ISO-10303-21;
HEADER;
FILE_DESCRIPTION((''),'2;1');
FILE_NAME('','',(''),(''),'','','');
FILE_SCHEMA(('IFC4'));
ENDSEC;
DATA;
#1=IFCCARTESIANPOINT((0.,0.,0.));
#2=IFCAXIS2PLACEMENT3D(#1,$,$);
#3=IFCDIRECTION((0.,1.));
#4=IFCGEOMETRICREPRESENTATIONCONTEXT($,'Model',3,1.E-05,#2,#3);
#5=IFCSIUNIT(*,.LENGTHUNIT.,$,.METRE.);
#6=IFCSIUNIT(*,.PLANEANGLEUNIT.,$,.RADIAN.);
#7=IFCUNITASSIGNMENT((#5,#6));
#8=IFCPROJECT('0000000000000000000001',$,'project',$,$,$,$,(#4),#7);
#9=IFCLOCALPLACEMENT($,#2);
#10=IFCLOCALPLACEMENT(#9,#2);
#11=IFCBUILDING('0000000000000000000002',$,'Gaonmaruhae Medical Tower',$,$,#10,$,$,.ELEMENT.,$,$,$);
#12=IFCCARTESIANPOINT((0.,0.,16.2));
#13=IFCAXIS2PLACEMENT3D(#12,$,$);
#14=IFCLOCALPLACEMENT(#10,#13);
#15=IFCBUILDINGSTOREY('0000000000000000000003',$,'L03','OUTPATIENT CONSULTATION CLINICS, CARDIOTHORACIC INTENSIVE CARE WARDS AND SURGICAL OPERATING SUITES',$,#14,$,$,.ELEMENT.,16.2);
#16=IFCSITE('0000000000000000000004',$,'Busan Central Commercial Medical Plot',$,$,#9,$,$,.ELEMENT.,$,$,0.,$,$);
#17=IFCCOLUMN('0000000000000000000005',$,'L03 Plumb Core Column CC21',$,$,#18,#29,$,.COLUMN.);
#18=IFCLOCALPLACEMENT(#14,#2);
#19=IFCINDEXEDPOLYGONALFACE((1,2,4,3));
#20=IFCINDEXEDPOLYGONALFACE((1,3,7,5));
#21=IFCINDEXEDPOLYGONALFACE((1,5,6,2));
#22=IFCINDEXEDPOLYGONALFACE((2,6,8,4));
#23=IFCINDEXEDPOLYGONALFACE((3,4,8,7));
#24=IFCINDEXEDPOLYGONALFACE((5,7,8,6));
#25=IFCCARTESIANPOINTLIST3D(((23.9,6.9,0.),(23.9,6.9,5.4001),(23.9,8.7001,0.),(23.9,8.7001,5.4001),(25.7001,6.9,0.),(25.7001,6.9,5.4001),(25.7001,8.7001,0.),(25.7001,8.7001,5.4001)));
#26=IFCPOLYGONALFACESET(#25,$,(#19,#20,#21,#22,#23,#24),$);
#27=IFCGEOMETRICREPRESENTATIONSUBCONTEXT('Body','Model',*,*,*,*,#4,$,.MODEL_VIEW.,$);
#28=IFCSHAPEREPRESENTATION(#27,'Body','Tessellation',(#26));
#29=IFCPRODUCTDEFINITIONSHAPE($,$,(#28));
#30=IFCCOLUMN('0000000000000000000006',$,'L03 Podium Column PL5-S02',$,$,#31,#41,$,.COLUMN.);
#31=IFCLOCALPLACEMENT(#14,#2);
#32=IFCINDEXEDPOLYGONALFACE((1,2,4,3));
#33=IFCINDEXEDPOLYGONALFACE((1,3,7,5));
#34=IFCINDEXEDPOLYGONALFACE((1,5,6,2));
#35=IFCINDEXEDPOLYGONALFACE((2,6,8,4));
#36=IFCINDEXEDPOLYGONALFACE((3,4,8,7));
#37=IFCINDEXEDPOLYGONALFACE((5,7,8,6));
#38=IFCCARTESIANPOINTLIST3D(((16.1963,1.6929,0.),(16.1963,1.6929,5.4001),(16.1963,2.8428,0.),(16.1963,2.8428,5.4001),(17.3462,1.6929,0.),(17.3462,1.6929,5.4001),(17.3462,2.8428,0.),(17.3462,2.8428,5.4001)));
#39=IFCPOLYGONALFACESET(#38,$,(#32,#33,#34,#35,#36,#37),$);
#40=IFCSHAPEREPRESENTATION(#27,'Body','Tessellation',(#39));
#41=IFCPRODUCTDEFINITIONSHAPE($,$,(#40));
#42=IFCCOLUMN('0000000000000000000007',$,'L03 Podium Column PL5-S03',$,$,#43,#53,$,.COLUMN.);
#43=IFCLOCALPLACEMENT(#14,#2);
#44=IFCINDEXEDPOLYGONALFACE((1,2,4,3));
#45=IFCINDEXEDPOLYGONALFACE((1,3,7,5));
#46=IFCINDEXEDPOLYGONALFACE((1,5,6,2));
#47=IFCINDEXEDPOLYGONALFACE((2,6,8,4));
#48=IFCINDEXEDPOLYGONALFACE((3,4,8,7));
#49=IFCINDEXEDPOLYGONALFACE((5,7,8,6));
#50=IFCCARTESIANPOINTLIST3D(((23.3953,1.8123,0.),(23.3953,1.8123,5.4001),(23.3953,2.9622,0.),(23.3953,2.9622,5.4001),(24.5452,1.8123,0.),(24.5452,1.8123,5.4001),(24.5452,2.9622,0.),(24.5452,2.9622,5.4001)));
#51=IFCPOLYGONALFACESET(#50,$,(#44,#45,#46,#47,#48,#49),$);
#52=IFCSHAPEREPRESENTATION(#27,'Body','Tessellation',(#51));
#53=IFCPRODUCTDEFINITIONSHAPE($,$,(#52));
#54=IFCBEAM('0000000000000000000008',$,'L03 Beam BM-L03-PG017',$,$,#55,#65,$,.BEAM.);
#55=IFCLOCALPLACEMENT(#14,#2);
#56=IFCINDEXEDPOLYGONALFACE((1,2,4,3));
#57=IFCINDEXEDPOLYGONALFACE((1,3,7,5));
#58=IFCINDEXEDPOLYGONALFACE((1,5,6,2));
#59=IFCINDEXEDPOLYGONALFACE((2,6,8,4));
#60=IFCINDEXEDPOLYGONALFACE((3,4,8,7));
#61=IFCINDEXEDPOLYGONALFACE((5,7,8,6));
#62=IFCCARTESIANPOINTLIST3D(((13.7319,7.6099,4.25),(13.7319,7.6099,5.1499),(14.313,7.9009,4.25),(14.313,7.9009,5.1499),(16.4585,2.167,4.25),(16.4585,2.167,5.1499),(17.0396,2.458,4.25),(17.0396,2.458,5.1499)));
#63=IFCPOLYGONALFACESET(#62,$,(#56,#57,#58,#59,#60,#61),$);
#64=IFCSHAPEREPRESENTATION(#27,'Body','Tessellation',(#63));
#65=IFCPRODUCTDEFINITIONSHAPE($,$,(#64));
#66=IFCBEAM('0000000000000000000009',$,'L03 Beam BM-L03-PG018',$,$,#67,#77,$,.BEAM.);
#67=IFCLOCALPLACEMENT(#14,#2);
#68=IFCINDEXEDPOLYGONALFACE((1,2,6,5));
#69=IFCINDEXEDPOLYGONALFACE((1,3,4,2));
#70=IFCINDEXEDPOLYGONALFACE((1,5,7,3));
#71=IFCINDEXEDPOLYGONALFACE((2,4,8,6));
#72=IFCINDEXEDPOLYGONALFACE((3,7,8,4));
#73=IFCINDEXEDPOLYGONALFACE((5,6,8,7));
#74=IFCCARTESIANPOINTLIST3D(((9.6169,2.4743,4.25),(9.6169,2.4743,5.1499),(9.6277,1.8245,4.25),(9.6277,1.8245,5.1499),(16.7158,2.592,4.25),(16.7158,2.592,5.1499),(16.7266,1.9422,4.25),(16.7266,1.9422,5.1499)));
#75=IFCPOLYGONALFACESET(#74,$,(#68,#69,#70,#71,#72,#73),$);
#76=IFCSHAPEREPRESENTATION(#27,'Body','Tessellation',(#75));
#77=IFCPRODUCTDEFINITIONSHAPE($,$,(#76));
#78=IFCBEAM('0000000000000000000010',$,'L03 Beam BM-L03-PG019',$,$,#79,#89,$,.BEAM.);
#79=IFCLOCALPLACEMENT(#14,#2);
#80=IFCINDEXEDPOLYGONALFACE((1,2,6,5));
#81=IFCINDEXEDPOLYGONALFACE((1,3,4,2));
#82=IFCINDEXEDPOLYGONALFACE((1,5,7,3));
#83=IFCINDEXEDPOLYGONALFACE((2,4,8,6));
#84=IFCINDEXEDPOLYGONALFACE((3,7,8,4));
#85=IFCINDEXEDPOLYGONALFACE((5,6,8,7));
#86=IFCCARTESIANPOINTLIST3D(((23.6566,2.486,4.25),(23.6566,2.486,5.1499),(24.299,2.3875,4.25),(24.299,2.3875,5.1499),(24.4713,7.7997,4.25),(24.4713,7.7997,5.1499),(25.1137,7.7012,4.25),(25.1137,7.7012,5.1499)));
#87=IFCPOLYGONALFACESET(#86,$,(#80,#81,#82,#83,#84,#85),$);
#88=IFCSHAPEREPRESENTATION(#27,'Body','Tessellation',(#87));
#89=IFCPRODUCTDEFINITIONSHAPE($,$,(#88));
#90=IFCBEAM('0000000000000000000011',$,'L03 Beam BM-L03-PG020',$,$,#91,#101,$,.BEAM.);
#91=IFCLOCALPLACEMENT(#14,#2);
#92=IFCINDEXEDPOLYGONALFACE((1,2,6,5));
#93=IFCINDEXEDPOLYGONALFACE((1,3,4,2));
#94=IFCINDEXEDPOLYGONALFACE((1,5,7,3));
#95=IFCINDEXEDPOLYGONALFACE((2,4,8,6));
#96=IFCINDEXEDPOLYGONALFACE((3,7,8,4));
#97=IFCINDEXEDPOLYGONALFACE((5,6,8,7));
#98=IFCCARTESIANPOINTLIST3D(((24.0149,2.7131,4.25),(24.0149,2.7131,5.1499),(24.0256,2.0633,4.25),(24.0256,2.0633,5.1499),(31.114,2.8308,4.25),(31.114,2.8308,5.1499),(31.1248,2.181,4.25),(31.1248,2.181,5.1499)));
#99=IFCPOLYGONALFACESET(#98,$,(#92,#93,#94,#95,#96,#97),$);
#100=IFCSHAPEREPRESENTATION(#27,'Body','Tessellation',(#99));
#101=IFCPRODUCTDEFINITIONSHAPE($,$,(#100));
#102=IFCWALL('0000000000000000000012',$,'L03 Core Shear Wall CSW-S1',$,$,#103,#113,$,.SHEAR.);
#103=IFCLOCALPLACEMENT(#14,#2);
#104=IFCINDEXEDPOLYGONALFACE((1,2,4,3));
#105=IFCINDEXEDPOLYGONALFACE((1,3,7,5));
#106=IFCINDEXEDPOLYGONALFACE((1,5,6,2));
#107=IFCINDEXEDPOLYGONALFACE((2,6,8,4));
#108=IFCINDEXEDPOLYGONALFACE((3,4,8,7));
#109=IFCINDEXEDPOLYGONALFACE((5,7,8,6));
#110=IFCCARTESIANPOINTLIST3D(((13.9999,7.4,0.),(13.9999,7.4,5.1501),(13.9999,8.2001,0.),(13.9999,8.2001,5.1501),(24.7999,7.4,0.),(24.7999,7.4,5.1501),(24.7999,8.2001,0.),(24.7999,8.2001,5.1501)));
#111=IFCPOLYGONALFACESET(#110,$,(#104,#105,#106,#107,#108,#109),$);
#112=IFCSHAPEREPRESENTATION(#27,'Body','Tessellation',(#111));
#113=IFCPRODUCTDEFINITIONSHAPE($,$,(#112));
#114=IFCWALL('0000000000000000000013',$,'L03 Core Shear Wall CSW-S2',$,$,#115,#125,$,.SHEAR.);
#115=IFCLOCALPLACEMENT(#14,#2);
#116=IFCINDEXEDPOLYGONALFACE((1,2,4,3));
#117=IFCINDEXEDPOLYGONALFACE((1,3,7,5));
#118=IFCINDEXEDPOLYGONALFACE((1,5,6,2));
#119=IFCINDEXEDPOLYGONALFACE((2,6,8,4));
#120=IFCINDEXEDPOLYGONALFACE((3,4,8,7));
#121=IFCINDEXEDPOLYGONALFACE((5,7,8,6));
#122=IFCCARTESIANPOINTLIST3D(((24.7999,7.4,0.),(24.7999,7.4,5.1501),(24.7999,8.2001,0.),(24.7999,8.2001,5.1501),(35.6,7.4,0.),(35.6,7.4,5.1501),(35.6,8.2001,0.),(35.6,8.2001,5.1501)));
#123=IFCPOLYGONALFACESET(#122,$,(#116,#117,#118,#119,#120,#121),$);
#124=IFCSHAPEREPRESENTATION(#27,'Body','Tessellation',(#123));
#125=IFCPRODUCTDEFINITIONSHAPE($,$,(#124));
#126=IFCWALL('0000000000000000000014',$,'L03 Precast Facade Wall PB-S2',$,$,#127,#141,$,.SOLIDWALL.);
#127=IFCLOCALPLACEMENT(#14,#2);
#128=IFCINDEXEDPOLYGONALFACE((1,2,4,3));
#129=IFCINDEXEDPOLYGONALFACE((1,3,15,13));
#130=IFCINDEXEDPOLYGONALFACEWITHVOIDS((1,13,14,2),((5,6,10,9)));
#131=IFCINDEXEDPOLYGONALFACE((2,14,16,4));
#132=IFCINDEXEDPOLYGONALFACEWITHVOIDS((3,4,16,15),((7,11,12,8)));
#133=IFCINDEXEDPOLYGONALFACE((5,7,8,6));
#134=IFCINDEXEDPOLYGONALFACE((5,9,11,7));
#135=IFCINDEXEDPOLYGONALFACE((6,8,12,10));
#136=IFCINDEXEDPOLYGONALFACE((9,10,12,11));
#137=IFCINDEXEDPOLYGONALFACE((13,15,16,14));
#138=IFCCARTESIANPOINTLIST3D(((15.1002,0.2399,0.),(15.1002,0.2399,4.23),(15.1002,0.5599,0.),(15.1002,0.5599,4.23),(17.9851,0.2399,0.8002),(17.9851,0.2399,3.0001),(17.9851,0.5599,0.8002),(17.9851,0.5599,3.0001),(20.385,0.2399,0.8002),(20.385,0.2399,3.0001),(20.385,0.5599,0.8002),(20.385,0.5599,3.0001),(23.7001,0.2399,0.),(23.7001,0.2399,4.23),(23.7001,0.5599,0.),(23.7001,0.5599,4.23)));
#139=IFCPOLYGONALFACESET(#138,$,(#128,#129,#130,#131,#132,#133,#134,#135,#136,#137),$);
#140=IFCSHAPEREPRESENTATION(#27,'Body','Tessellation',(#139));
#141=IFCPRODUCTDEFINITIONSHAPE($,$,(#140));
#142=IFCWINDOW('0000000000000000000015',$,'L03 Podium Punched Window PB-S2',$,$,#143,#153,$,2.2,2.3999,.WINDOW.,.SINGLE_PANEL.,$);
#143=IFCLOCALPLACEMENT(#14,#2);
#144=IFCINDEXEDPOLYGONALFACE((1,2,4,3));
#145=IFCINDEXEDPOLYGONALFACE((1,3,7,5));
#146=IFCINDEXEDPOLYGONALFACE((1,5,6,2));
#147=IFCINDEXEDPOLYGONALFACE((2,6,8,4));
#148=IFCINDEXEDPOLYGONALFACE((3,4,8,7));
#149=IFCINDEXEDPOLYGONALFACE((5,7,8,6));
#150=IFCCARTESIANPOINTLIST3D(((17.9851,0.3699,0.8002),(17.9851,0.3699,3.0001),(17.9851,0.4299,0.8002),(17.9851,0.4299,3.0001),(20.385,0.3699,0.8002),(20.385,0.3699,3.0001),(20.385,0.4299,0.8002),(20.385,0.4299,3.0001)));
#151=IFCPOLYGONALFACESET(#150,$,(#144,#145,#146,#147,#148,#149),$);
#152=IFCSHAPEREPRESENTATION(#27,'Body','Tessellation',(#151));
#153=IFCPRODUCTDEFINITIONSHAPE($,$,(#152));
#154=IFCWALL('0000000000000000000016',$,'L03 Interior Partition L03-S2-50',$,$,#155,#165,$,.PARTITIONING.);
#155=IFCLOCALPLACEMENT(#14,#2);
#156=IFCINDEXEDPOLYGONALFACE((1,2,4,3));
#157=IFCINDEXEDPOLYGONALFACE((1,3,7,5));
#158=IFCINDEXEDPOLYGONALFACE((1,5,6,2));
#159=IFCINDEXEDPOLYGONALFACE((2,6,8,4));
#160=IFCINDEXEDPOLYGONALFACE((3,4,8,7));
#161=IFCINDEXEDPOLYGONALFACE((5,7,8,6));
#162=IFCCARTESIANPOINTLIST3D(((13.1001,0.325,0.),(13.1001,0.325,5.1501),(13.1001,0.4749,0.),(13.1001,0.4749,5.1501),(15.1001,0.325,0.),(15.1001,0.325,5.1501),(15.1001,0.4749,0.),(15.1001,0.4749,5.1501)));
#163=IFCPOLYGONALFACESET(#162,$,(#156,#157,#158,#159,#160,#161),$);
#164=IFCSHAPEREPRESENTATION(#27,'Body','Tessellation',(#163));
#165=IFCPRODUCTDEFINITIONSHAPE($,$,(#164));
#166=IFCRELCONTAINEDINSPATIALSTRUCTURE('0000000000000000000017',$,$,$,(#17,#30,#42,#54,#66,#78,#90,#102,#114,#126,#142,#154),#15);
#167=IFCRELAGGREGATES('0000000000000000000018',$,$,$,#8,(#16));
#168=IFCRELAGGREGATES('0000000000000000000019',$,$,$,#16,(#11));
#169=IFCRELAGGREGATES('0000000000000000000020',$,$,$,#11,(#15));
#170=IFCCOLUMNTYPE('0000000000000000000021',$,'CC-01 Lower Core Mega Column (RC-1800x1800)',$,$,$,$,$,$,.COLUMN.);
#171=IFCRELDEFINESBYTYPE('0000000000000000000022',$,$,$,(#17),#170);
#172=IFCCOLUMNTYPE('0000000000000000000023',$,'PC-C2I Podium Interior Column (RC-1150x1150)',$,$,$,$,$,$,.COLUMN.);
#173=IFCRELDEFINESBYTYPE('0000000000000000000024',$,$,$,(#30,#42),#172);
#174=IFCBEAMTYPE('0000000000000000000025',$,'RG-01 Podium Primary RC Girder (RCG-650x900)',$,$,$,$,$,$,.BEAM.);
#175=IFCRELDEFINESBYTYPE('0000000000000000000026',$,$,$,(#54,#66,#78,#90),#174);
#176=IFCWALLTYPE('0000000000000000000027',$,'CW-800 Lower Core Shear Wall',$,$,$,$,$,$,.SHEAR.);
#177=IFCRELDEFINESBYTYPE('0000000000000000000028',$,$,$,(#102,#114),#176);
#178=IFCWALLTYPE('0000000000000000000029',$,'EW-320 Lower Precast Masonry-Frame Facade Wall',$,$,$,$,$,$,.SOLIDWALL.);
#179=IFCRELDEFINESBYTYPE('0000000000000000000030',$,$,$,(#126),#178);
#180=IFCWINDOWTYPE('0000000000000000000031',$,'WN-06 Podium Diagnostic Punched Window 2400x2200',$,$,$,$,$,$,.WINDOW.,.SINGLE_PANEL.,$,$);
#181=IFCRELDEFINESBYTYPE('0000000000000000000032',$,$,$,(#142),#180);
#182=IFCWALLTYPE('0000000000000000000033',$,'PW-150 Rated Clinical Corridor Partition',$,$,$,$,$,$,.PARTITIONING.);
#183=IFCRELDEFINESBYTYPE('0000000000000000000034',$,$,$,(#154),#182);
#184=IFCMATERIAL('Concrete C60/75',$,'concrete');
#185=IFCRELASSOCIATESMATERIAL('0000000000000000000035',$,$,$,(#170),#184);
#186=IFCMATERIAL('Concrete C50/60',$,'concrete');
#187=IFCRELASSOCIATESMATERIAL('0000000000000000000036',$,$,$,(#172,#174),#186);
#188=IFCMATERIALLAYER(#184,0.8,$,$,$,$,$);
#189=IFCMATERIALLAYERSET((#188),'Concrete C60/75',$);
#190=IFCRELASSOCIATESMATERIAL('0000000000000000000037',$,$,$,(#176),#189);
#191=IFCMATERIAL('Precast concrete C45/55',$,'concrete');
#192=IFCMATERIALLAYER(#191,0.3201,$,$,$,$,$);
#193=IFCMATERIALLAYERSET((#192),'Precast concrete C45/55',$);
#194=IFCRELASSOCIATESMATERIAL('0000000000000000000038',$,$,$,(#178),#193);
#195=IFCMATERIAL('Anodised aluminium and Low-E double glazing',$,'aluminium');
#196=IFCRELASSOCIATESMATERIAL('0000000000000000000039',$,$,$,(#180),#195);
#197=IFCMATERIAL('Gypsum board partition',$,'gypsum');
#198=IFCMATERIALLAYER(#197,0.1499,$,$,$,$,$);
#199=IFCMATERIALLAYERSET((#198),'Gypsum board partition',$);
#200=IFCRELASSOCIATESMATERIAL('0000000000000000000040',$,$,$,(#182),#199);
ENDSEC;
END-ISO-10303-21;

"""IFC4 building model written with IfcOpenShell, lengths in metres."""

from ifc_helpers import new_model, si_unit, direction, frame, frame_2d, origin, origin_2d, place, context, subcontext, project, spatial, rectangle, extrude, material, layer, layer_set, material_profile, profile_set, type_object, element, fill, save


model = new_model("IFC4")

# Units and contexts
model_context = context("Model", 3, precision=1e-05, world=origin(), true_north=direction((0.0, 1.0)))
body_context = subcontext(model_context, "Body", "Model", "MODEL_VIEW")
ifc_project = project(units=[si_unit("LENGTHUNIT", "METRE"), si_unit("PLANEANGLEUNIT", "RADIAN")], contexts=[model_context])

# Site, building, storey
site_placement = place(None, origin())
site = spatial("IfcSite", under=ifc_project, at=site_placement, Name="Busan Central Commercial Medical Plot", CompositionType="ELEMENT", RefElevation=0.0)
building_placement = place(site_placement, origin())
building = spatial("IfcBuilding", under=site, at=building_placement, Name="Gaonmaruhae Medical Tower", CompositionType="ELEMENT")
storey_placement = place(building_placement, frame((0.0, 0.0, 16.2)))
storey = spatial("IfcBuildingStorey", under=building, at=storey_placement, Name="L03", Description="OUTPATIENT CONSULTATION CLINICS, CARDIOTHORACIC INTENSIVE CARE WARDS AND SURGICAL OPERATING SUITES", CompositionType="ELEMENT", Elevation=16.2)

# Columns
ifc_material_1 = material(Name="Concrete C60/75", Category="concrete")
ifc_material_profile_1 = material_profile(ifc_material_1, rectangle(XDim=1.8, YDim=1.8, at=origin_2d()), Name="RC-1800x1800")
ifc_profile_set_1 = profile_set([ifc_material_profile_1], Name="Concrete C60/75")
column_type_1 = type_object("IfcColumnType", Name="CC-01 Lower Core Mega Column (RC-1800x1800)", PredefinedType="COLUMN", material=ifc_profile_set_1)
column_placement = place(storey_placement, frame((24.8, 7.8, 0.0), z_axis=(0.0, 0.0, 1.0), x_axis=(1.0, 0.0, 0.0)))
element("IfcColumn", 1, at=column_placement, inside=storey, type_object=column_type_1, Name="L03 Plumb Core Column CC21", PredefinedType="COLUMN", context=body_context, shape_type="SweptSolid", body=[
    extrude(rectangle(XDim=1.8, YDim=1.8, at=origin_2d()), origin(), (0.0, 0.0, 1.0), 5.4001),
])
ifc_material_2 = material(Name="Concrete C50/60", Category="concrete")
ifc_material_profile_2 = material_profile(ifc_material_2, rectangle(XDim=1.1499, YDim=1.1499, at=origin_2d()), Name="RC-1150x1150")
ifc_profile_set_2 = profile_set([ifc_material_profile_2], Name="Concrete C50/60")
column_type_2 = type_object("IfcColumnType", Name="PC-C2I Podium Interior Column (RC-1150x1150)", PredefinedType="COLUMN", material=ifc_profile_set_2)
for number, where, z_axis, x_axis, name in (
    (2, (16.7712, 2.2678, 0.0), (0.0, 0.0, 1.0), (1.0, 0.0, 0.0), "L03 Podium Column PL5-S02"),
    (3, (23.9702, 2.3872, 0.0), (0.0, 0.0, 1.0), (1.0, 0.0, 0.0), "L03 Podium Column PL5-S03"),
):
    element("IfcColumn", number, at=place(storey_placement, frame(where, z_axis=z_axis, x_axis=x_axis)), inside=storey, type_object=column_type_2, Name=name, PredefinedType="COLUMN", context=body_context, shape_type="SweptSolid", body=[
        extrude(rectangle(XDim=1.1499, YDim=1.1499, at=origin_2d()), origin(), (0.0, 0.0, 1.0), 5.4001),
    ])

# Beams
ifc_material_profile_3 = material_profile(ifc_material_2, rectangle(XDim=0.6499, YDim=0.8999, at=origin_2d()), Name="RCG-650x900")
ifc_profile_set_3 = profile_set([ifc_material_profile_3], Name="Concrete C50/60")
beam_type = type_object("IfcBeamType", Name="RG-01 Podium Primary RC Girder (RCG-650x900)", PredefinedType="BEAM", material=ifc_profile_set_3)
beam_1_placement = place(storey_placement, frame((16.749, 2.3125, 4.7), z_axis=(-0.447887, 0.89409, 0.0), x_axis=(-0.89409, -0.447887, 0.0)))
element("IfcBeam", 4, at=beam_1_placement, inside=storey, type_object=beam_type, Name="L03 Beam BM-L03-PG017", PredefinedType="BEAM", context=body_context, shape_type="SweptSolid", body=[
    extrude(rectangle(XDim=0.6499, YDim=0.8999, at=origin_2d()), origin(), (0.0, 0.0, 1.0), 6.0876),
])
beam_2_placement = place(storey_placement, frame((16.7212, 2.2671, 4.7), z_axis=(-0.999863, -0.016574, 0.0), x_axis=(0.016574, -0.999863, 0.0)))
element("IfcBeam", 5, at=beam_2_placement, inside=storey, type_object=beam_type, Name="L03 Beam BM-L03-PG018", PredefinedType="BEAM", context=body_context, shape_type="SweptSolid", body=[
    extrude(rectangle(XDim=0.6499, YDim=0.8999, at=origin_2d()), origin(), (0.0, 0.0, 1.0), 7.0999),
])
beam_3_placement = place(storey_placement, frame((23.9778, 2.4368, 4.7), z_axis=(0.151549, 0.98845, 0.0), x_axis=(-0.98845, 0.151549, 0.0)))
element("IfcBeam", 6, at=beam_3_placement, inside=storey, type_object=beam_type, Name="L03 Beam BM-L03-PG019", PredefinedType="BEAM", context=body_context, shape_type="SweptSolid", body=[
    extrude(rectangle(XDim=0.6499, YDim=0.8999, at=origin_2d()), origin(), (0.0, 0.0, 1.0), 5.3757),
])
beam_4_placement = place(storey_placement, frame((24.0203, 2.3882, 4.7), z_axis=(0.999863, 0.016574, 0.0), x_axis=(-0.016574, 0.999863, 0.0)))
element("IfcBeam", 7, at=beam_4_placement, inside=storey, type_object=beam_type, Name="L03 Beam BM-L03-PG020", PredefinedType="BEAM", context=body_context, shape_type="SweptSolid", body=[
    extrude(rectangle(XDim=0.6499, YDim=0.8999, at=origin_2d()), origin(), (0.0, 0.0, 1.0), 7.1001),
])

# Walls
ifc_layer_1 = layer(ifc_material_1, 0.8)
ifc_layer_set_1 = layer_set([ifc_layer_1], Name="Concrete C60/75")
wall_type_1 = type_object("IfcWallType", Name="CW-800 Lower Core Shear Wall", PredefinedType="SHEAR", material=ifc_layer_set_1)
for number, where, z_axis, x_axis, name in (
    (8, (14.0, 7.8, 0.0), (0.0, 0.0, 1.0), (1.0, 0.0, 0.0), "L03 Core Shear Wall CSW-S1"),
    (9, (24.8, 7.8, 0.0), (0.0, 0.0, 1.0), (1.0, 0.0, 0.0), "L03 Core Shear Wall CSW-S2"),
):
    element("IfcWall", number, at=place(storey_placement, frame(where, z_axis=z_axis, x_axis=x_axis)), inside=storey, type_object=wall_type_1, Name=name, PredefinedType="SHEAR", context=body_context, shape_type="SweptSolid", body=[
        extrude(rectangle(XDim=10.8, YDim=0.8, at=frame_2d((5.3999, 0.0))), origin(), (0.0, 0.0, 1.0), 5.1501),
    ])

# Wall, opening, window
ifc_material_3 = material(Name="Precast concrete C45/55", Category="concrete")
ifc_layer_2 = layer(ifc_material_3, 0.3201)
ifc_layer_set_2 = layer_set([ifc_layer_2], Name="Precast concrete C45/55")
wall_type_2 = type_object("IfcWallType", Name="EW-320 Lower Precast Masonry-Frame Facade Wall", PredefinedType="SOLIDWALL", material=ifc_layer_set_2)
wall_1_placement = place(storey_placement, frame((23.7, 0.3999, 0.0), z_axis=(0.0, 0.0, 1.0), x_axis=(-1.0, 0.0, 0.0)))
wall_1 = element("IfcWall", 10, at=wall_1_placement, inside=storey, type_object=wall_type_2, Name="L03 Precast Facade Wall PB-S2", PredefinedType="SOLIDWALL", context=body_context, shape_type="SweptSolid", body=[
    extrude(rectangle(XDim=8.5999, YDim=0.3201, at=frame_2d((4.2998, 0.0))), origin(), (0.0, 0.0, 1.0), 4.23),
])
opening_1_placement = place(wall_1_placement, frame((3.3149, 0.0, 0.8)))
opening_1 = element("IfcOpeningElement", 11, at=opening_1_placement, cuts=wall_1, PredefinedType="OPENING", context=body_context, shape_type="SweptSolid", body=[
    extrude(rectangle(XDim=2.3999, YDim=2.2, at=frame_2d((1.2, 1.1001))), frame((0.0, 0.1699, 0.0), z_axis=(0.0, -1.0, 0.0), x_axis=(1.0, 0.0, 0.0)), (0.0, 0.0, 1.0), 0.3401),
])
ifc_material_4 = material(Name="Anodised aluminium and Low-E double glazing", Category="aluminium")
window_type = type_object("IfcWindowType", Name="WN-06 Podium Diagnostic Punched Window 2400x2200", PartitioningType="SINGLE_PANEL", PredefinedType="WINDOW", material=ifc_material_4)
window_placement = place(opening_1_placement, origin())
window = element("IfcWindow", 12, at=window_placement, inside=storey, type_object=window_type, Name="L03 Podium Punched Window PB-S2", OverallHeight=2.2, OverallWidth=2.3999, PartitioningType="SINGLE_PANEL", PredefinedType="WINDOW", context=body_context, shape_type="SweptSolid", body=[
    extrude(rectangle(XDim=2.3999, YDim=2.2, at=frame_2d((1.2, 1.1001))), frame((0.0, 0.03, 0.0), z_axis=(0.0, -1.0, 0.0), x_axis=(1.0, 0.0, 0.0)), (0.0, 0.0, 1.0), 0.0601),
])
fill(opening_1, window)

# Wall
ifc_material_5 = material(Name="Gypsum board partition", Category="gypsum")
ifc_layer_3 = layer(ifc_material_5, 0.1499)
ifc_layer_set_3 = layer_set([ifc_layer_3], Name="Gypsum board partition")
wall_type_3 = type_object("IfcWallType", Name="PW-150 Rated Clinical Corridor Partition", PredefinedType="PARTITIONING", material=ifc_layer_set_3)
wall_2_placement = place(storey_placement, frame((15.1001, 0.3999, 0.0), z_axis=(0.0, 0.0, 1.0), x_axis=(-1.0, 0.0, 0.0)))
element("IfcWall", 13, at=wall_2_placement, inside=storey, type_object=wall_type_3, Name="L03 Interior Partition L03-S2-50", PredefinedType="PARTITIONING", context=body_context, shape_type="SweptSolid", body=[
    extrude(rectangle(XDim=2.0, YDim=0.1499, at=frame_2d((1.0, 0.0))), origin(), (0.0, 0.0, 1.0), 5.1501),
])

save(model, "model.ifc")
